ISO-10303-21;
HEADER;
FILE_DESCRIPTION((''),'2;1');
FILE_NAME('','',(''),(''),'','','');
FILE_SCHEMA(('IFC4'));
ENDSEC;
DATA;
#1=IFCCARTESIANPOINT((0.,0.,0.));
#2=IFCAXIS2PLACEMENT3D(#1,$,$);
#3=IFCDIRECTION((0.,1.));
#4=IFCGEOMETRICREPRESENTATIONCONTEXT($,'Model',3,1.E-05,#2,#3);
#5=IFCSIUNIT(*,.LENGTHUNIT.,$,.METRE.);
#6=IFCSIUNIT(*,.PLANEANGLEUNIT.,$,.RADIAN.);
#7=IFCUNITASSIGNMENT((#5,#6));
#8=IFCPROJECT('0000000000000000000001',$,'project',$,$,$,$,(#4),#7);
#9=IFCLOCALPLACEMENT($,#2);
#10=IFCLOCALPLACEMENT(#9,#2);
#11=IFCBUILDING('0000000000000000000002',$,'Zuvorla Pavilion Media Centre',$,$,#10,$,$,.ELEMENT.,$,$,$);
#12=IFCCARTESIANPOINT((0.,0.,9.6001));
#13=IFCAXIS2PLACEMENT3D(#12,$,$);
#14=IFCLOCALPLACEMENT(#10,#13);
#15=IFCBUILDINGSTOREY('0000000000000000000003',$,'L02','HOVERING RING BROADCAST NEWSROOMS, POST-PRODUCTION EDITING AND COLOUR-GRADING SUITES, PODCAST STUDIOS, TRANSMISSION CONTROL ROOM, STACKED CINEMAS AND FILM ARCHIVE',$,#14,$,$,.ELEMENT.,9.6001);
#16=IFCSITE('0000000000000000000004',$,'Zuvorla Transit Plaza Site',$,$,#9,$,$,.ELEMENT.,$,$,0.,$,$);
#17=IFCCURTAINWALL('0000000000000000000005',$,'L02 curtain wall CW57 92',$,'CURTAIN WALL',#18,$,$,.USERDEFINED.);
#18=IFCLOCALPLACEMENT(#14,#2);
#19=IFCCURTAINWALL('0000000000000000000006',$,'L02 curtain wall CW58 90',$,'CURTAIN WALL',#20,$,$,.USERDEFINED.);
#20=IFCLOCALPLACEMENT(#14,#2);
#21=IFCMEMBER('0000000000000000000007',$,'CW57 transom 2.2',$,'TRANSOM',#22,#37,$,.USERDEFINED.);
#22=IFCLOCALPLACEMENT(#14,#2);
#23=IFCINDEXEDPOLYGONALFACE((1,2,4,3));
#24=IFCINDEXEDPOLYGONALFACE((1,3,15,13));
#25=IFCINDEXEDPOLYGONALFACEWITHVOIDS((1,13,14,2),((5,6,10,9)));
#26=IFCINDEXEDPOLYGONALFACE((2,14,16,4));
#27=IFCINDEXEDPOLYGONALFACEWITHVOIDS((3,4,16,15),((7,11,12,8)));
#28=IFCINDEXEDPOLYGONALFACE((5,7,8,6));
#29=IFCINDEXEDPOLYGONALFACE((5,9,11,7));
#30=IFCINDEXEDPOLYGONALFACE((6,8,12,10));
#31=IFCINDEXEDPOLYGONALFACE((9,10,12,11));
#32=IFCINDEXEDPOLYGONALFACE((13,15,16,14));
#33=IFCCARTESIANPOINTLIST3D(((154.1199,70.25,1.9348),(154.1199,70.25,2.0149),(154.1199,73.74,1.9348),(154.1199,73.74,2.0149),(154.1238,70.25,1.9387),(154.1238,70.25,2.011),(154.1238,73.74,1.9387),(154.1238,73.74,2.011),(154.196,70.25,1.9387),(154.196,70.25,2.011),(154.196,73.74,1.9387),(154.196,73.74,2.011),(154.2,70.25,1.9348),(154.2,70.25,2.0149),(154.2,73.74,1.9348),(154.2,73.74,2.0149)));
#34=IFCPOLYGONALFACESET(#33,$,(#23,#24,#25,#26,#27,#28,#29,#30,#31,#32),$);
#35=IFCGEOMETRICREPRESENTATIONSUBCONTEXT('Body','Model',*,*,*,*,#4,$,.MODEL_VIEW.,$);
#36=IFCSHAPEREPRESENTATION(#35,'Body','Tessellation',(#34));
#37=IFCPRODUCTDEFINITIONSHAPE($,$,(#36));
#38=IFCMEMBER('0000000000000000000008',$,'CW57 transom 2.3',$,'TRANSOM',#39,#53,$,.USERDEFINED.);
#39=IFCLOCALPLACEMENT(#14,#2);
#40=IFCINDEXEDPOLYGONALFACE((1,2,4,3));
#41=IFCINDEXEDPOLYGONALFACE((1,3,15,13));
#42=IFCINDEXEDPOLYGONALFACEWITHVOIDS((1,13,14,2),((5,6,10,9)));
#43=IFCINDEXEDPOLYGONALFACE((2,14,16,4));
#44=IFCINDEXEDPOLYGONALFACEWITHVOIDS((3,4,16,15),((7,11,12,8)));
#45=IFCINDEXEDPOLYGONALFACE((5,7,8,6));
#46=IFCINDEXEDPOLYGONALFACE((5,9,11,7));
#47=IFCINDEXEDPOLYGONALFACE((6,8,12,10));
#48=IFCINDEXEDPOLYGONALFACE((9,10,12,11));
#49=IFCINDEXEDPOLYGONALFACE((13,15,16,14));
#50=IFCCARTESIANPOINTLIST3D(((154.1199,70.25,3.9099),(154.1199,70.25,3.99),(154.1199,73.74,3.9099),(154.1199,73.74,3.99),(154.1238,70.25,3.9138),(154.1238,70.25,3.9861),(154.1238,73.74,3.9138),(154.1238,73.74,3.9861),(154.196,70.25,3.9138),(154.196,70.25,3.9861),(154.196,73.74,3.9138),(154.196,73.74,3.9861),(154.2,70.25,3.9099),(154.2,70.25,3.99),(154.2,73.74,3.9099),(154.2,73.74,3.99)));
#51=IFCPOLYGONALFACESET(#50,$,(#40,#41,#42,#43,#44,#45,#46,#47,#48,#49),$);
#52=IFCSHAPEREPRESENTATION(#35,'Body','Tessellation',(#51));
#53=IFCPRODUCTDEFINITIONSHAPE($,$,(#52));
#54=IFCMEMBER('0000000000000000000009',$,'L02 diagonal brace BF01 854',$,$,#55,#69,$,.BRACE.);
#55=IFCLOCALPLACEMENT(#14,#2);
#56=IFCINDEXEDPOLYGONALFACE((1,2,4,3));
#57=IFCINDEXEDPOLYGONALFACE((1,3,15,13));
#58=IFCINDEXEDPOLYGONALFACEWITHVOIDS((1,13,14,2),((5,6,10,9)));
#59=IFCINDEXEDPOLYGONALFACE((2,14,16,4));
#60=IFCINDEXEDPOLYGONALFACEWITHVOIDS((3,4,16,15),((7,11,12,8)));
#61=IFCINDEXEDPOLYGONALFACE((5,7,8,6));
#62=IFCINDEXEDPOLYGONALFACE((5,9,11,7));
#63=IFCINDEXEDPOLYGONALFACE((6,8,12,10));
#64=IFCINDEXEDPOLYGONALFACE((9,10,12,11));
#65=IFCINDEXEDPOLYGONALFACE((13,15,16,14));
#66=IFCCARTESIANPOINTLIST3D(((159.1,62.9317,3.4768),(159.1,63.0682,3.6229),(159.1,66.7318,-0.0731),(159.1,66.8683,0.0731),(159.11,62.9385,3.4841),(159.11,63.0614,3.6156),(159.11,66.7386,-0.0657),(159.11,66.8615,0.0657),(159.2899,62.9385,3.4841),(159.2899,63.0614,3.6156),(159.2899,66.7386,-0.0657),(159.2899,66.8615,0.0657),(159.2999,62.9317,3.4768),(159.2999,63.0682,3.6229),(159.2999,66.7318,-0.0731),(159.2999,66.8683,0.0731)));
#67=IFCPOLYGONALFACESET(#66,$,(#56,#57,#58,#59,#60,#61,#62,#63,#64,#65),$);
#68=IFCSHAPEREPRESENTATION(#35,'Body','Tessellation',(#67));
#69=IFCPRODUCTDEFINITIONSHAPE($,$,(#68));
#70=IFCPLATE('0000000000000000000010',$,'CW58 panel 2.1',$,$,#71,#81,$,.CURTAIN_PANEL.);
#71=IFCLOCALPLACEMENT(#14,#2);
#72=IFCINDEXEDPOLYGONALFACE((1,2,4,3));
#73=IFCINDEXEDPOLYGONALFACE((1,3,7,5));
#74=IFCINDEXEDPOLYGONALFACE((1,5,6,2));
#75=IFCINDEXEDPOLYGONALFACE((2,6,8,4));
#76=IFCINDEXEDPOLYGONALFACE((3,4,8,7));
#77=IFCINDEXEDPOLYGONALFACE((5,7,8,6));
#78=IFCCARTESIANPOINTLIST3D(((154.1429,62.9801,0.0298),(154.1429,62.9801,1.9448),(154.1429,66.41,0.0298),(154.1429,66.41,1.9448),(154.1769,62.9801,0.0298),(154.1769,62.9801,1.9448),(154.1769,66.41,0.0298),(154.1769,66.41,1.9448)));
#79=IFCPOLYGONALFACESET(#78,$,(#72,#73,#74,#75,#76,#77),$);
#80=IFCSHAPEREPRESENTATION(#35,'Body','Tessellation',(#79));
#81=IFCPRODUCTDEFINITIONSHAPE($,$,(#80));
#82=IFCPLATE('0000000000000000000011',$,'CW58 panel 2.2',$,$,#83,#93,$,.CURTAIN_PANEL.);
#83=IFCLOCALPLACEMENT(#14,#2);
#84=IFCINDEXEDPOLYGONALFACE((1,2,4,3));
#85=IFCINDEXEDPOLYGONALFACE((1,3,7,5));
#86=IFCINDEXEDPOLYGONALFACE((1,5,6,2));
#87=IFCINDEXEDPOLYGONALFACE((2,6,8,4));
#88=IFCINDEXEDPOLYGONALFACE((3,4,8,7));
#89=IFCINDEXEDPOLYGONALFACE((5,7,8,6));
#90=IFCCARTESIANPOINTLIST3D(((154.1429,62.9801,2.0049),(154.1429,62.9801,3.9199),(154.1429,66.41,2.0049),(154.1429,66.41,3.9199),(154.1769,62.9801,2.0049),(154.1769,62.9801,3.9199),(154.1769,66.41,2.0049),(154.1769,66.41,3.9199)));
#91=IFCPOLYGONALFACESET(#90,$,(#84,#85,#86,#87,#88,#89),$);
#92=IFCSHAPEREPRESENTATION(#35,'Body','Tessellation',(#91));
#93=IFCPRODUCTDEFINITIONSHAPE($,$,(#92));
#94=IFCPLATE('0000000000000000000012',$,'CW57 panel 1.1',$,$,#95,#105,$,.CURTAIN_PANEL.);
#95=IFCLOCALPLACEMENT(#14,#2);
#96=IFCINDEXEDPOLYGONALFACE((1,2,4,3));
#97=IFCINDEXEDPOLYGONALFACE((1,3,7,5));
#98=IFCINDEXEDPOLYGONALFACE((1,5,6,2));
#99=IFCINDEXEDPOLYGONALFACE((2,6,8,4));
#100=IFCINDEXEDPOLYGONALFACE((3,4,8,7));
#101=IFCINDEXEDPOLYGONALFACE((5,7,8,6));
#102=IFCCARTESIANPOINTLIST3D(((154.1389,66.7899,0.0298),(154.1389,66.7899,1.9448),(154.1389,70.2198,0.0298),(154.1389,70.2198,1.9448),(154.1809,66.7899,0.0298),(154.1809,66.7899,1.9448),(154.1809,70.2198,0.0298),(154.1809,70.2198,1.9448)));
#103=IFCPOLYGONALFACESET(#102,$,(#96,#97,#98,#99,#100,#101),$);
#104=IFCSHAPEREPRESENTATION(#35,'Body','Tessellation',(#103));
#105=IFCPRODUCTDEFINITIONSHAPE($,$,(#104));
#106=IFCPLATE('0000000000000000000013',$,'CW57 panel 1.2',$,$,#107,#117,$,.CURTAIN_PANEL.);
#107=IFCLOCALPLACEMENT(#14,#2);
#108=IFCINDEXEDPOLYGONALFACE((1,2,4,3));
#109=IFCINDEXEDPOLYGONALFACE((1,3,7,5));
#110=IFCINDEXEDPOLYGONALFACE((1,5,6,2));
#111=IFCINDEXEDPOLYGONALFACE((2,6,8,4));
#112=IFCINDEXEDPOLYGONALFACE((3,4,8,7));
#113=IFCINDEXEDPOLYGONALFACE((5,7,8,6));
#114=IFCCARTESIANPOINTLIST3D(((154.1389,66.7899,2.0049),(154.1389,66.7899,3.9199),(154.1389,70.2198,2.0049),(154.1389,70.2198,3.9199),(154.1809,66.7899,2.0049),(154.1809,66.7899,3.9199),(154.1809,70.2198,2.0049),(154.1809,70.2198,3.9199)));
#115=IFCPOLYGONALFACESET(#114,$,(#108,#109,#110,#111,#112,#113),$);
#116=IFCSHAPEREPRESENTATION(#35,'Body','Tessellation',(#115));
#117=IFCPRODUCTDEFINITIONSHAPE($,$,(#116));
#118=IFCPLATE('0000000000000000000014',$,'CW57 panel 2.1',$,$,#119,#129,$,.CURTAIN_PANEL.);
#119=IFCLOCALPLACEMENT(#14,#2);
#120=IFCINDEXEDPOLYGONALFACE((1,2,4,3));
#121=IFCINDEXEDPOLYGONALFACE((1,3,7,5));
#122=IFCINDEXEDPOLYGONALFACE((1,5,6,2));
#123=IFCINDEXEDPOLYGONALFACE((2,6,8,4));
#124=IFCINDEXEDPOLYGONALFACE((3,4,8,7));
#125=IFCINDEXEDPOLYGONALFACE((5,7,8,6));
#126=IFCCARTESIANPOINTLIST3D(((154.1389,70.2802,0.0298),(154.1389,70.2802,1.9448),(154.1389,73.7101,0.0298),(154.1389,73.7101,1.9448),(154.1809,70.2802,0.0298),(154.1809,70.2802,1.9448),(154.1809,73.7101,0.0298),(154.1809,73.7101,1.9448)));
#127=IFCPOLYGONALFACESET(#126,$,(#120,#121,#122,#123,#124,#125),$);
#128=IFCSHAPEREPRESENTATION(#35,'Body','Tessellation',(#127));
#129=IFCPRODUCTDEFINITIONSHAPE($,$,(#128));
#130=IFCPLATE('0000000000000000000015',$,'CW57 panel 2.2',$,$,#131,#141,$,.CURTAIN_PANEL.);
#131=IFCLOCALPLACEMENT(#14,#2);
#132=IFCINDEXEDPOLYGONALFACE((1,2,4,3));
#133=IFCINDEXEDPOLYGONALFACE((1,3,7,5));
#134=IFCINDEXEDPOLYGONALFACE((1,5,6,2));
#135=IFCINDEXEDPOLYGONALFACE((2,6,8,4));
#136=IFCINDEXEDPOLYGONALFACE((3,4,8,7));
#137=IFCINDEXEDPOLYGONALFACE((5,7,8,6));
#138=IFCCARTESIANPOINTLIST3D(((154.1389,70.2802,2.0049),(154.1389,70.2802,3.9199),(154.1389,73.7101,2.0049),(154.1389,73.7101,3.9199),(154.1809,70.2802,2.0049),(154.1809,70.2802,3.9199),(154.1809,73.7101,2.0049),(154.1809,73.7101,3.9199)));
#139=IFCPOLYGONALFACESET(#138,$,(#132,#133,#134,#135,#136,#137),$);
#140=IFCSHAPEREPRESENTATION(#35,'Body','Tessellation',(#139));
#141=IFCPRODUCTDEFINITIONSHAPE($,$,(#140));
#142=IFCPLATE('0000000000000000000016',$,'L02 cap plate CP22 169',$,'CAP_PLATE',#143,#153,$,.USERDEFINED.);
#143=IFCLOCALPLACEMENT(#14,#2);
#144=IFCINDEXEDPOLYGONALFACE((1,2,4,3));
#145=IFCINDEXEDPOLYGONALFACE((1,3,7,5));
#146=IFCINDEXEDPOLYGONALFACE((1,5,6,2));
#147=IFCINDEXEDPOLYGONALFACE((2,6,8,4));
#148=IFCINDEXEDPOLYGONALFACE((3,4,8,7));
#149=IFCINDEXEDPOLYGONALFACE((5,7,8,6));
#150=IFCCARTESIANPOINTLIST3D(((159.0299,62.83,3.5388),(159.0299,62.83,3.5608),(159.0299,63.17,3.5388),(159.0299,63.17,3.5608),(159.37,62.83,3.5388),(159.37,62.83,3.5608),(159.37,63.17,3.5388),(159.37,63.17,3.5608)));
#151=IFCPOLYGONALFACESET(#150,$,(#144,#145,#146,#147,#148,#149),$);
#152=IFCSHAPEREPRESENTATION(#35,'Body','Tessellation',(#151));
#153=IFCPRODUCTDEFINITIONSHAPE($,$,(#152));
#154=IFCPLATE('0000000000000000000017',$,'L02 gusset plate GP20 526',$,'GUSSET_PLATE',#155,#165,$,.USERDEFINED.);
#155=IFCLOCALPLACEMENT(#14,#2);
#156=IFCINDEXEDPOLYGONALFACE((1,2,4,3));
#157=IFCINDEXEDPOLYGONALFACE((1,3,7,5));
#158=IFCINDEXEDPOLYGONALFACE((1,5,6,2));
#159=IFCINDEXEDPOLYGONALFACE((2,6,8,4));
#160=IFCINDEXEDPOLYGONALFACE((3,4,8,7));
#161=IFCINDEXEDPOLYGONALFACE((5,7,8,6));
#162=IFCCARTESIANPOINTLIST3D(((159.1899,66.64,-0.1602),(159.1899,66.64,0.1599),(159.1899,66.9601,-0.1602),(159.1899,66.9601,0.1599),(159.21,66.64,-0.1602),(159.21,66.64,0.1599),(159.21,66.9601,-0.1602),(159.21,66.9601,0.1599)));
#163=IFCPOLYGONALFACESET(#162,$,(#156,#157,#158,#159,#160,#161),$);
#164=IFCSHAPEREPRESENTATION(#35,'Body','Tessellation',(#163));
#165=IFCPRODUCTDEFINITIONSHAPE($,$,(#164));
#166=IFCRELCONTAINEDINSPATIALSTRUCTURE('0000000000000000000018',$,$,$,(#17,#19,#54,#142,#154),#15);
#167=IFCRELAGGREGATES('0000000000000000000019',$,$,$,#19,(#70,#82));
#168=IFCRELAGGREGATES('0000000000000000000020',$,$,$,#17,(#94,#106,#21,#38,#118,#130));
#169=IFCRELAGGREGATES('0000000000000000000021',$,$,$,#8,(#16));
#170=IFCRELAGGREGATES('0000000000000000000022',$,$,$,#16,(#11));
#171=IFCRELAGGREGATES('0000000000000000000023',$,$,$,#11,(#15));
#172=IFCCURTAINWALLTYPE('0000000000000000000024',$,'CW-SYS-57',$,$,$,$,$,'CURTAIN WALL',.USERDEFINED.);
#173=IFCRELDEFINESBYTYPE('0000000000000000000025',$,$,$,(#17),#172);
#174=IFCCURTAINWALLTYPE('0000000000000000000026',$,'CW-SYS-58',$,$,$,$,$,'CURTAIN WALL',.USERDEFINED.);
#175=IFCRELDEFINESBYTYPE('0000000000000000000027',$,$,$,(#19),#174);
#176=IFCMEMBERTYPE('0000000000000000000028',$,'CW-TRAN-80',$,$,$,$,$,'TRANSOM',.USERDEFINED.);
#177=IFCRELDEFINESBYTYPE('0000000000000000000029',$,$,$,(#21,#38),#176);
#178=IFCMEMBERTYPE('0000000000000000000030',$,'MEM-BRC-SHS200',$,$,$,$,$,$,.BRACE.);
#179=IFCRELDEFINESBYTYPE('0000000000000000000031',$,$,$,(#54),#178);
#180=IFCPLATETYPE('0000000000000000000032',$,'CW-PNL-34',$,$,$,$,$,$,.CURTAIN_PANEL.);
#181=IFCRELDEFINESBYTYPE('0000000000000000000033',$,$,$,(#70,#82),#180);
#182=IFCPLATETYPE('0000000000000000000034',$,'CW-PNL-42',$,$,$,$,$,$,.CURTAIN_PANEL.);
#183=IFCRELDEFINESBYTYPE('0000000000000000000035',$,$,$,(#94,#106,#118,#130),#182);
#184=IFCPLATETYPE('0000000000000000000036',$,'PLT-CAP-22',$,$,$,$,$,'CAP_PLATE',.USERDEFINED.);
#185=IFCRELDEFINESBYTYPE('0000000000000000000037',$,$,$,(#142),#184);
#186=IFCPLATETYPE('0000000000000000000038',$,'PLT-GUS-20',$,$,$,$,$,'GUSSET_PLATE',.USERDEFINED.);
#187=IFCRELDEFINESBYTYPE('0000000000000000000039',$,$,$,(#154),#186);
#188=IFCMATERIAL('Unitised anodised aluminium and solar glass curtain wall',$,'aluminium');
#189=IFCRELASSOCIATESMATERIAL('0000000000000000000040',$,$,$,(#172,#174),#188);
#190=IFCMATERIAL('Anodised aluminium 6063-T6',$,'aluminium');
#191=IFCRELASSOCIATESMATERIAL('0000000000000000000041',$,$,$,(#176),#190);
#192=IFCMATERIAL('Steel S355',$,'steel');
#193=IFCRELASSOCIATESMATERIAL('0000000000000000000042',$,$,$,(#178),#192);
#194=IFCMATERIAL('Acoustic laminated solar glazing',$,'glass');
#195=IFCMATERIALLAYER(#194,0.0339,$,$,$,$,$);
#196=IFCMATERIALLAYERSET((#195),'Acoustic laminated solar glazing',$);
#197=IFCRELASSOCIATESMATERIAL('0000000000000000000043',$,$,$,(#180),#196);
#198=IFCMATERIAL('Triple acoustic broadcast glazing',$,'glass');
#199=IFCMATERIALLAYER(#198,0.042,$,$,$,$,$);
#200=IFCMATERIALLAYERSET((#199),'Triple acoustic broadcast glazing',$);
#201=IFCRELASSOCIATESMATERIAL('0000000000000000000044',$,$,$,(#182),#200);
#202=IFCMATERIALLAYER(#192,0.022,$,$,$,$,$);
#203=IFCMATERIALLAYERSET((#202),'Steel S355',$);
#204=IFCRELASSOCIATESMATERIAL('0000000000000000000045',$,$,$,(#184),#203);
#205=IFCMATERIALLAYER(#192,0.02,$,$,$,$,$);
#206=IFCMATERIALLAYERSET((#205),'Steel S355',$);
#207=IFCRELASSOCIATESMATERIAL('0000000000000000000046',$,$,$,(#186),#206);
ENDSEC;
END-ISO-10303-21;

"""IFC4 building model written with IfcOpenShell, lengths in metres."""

from ifc_helpers import new_model, si_unit, direction, frame, origin, origin_2d, place, context, subcontext, project, spatial, rectangle, hollow_rectangle, extrude, material, layer, layer_set, material_profile, profile_set, type_object, element, aggregate, save


model = new_model("IFC4")

# Units and contexts
model_context = context("Model", 3, precision=1e-05, world=origin(), true_north=direction((0.0, 1.0)))
body_context = subcontext(model_context, "Body", "Model", "MODEL_VIEW")
ifc_project = project(units=[si_unit("LENGTHUNIT", "METRE"), si_unit("PLANEANGLEUNIT", "RADIAN")], contexts=[model_context])

# Site, building, storey
site_placement = place(None, origin())
site = spatial("IfcSite", under=ifc_project, at=site_placement, Name="Zuvorla Transit Plaza Site", CompositionType="ELEMENT", RefElevation=0.0)
building_placement = place(site_placement, origin())
building = spatial("IfcBuilding", under=site, at=building_placement, Name="Zuvorla Pavilion Media Centre", CompositionType="ELEMENT")
storey_placement = place(building_placement, frame((0.0, 0.0, 9.6001)))
storey = spatial("IfcBuildingStorey", under=building, at=storey_placement, Name="L02", Description="HOVERING RING BROADCAST NEWSROOMS, POST-PRODUCTION EDITING AND COLOUR-GRADING SUITES, PODCAST STUDIOS, TRANSMISSION CONTROL ROOM, STACKED CINEMAS AND FILM ARCHIVE", CompositionType="ELEMENT", Elevation=9.6001)

# Shared definitions
ifc_material_1 = material(Name="Steel S355", Category="steel")

# Curtain wall
ifc_material_2 = material(Name="Unitised anodised aluminium and solar glass curtain wall", Category="aluminium")
curtain_wall_type_1 = type_object("IfcCurtainWallType", Name="CW-SYS-57", ElementType="CURTAIN WALL", PredefinedType="USERDEFINED", material=ifc_material_2)
curtain_wall_1_placement = place(storey_placement, origin())
curtain_wall_1 = element("IfcCurtainWall", 1, at=curtain_wall_1_placement, inside=storey, type_object=curtain_wall_type_1, Name="L02 curtain wall CW57 92", ObjectType="CURTAIN WALL", PredefinedType="USERDEFINED")
ifc_material_3 = material(Name="Anodised aluminium 6063-T6", Category="aluminium")

# Curtain wall
curtain_wall_type_2 = type_object("IfcCurtainWallType", Name="CW-SYS-58", ElementType="CURTAIN WALL", PredefinedType="USERDEFINED", material=ifc_material_2)
curtain_wall_2_placement = place(storey_placement, origin())
curtain_wall_2 = element("IfcCurtainWall", 2, at=curtain_wall_2_placement, inside=storey, type_object=curtain_wall_type_2, Name="L02 curtain wall CW58 90", ObjectType="CURTAIN WALL", PredefinedType="USERDEFINED")

# Members
ifc_material_profile_1 = material_profile(ifc_material_3, hollow_rectangle(XDim=0.0801, YDim=0.0801, WallThickness=0.0039, at=origin_2d()), Name="ALU TRAN 80x80")
ifc_profile_set_1 = profile_set([ifc_material_profile_1], Name="Anodised aluminium 6063-T6")
member_type_1 = type_object("IfcMemberType", Name="CW-TRAN-80", ElementType="TRANSOM", PredefinedType="USERDEFINED", material=ifc_profile_set_1)
member_1_placement = place(storey_placement, frame((154.1599, 70.25, 1.9749), z_axis=(0.0, 1.0, 0.0), x_axis=(-1.0, 0.0, 0.0)))
member_1 = element("IfcMember", 3, at=member_1_placement, type_object=member_type_1, Name="CW57 transom 2.2", ObjectType="TRANSOM", PredefinedType="USERDEFINED", context=body_context, shape_type="SweptSolid", body=[
    extrude(hollow_rectangle(XDim=0.0801, YDim=0.0801, WallThickness=0.0039, at=origin_2d()), origin(), (0.0, 0.0, 1.0), 3.49),
])
member_2_placement = place(storey_placement, frame((154.1599, 70.25, 3.95), z_axis=(0.0, 1.0, 0.0), x_axis=(-1.0, 0.0, 0.0)))
member_2 = element("IfcMember", 4, at=member_2_placement, type_object=member_type_1, Name="CW57 transom 2.3", ObjectType="TRANSOM", PredefinedType="USERDEFINED", context=body_context, shape_type="SweptSolid", body=[
    extrude(hollow_rectangle(XDim=0.0801, YDim=0.0801, WallThickness=0.0039, at=origin_2d()), origin(), (0.0, 0.0, 1.0), 3.49),
])
ifc_material_profile_2 = material_profile(ifc_material_1, hollow_rectangle(XDim=0.2, YDim=0.2, WallThickness=0.01, at=origin_2d()), Name="SHS 200x200x10")
ifc_profile_set_2 = profile_set([ifc_material_profile_2], Name="Steel S355")
member_type_2 = type_object("IfcMemberType", Name="MEM-BRC-SHS200", PredefinedType="BRACE", material=ifc_profile_set_2)
member_3_placement = place(storey_placement, frame((159.2, 66.8, 0.0), z_axis=(0.0, -0.730759, 0.682636), x_axis=(1.0, 0.0, 0.0)))
element("IfcMember", 5, at=member_3_placement, inside=storey, type_object=member_type_2, Name="L02 diagonal brace BF01 854", PredefinedType="BRACE", context=body_context, shape_type="SweptSolid", body=[
    extrude(hollow_rectangle(XDim=0.2, YDim=0.2, WallThickness=0.01, at=origin_2d()), origin(), (0.0, 0.0, 1.0), 5.2002),
])

# Plates
ifc_material_4 = material(Name="Acoustic laminated solar glazing", Category="glass")
ifc_layer_1 = layer(ifc_material_4, 0.0339)
ifc_layer_set_1 = layer_set([ifc_layer_1], Name="Acoustic laminated solar glazing")
plate_type_1 = type_object("IfcPlateType", Name="CW-PNL-34", PredefinedType="CURTAIN_PANEL", material=ifc_layer_set_1)
plate_1_placement = place(storey_placement, frame((154.1599, 64.6951, 0.0298), z_axis=(0.0, 0.0, 1.0), x_axis=(0.0, 1.0, 0.0)))
plate_1 = element("IfcPlate", 6, at=plate_1_placement, type_object=plate_type_1, Name="CW58 panel 2.1", PredefinedType="CURTAIN_PANEL", context=body_context, shape_type="SweptSolid", body=[
    extrude(rectangle(XDim=3.4299, YDim=0.0339, at=origin_2d()), origin(), (0.0, 0.0, 1.0), 1.915),
])
plate_2_placement = place(storey_placement, frame((154.1599, 64.6951, 2.0049), z_axis=(0.0, 0.0, 1.0), x_axis=(0.0, 1.0, 0.0)))
plate_2 = element("IfcPlate", 7, at=plate_2_placement, type_object=plate_type_1, Name="CW58 panel 2.2", PredefinedType="CURTAIN_PANEL", context=body_context, shape_type="SweptSolid", body=[
    extrude(rectangle(XDim=3.4299, YDim=0.0339, at=origin_2d()), origin(), (0.0, 0.0, 1.0), 1.915),
])
aggregate(curtain_wall_2, [plate_1, plate_2])
ifc_material_5 = material(Name="Triple acoustic broadcast glazing", Category="glass")
ifc_layer_2 = layer(ifc_material_5, 0.042)
ifc_layer_set_2 = layer_set([ifc_layer_2], Name="Triple acoustic broadcast glazing")
plate_type_2 = type_object("IfcPlateType", Name="CW-PNL-42", PredefinedType="CURTAIN_PANEL", material=ifc_layer_set_2)
plate_3_placement = place(storey_placement, frame((154.1599, 68.5049, 0.0298), z_axis=(0.0, 0.0, 1.0), x_axis=(0.0, 1.0, 0.0)))
plate_3 = element("IfcPlate", 8, at=plate_3_placement, type_object=plate_type_2, Name="CW57 panel 1.1", PredefinedType="CURTAIN_PANEL", context=body_context, shape_type="SweptSolid", body=[
    extrude(rectangle(XDim=3.4299, YDim=0.042, at=origin_2d()), origin(), (0.0, 0.0, 1.0), 1.915),
])
plate_4_placement = place(storey_placement, frame((154.1599, 68.5049, 2.0049), z_axis=(0.0, 0.0, 1.0), x_axis=(0.0, 1.0, 0.0)))
plate_4 = element("IfcPlate", 9, at=plate_4_placement, type_object=plate_type_2, Name="CW57 panel 1.2", PredefinedType="CURTAIN_PANEL", context=body_context, shape_type="SweptSolid", body=[
    extrude(rectangle(XDim=3.4299, YDim=0.042, at=origin_2d()), origin(), (0.0, 0.0, 1.0), 1.915),
])
plate_5_placement = place(storey_placement, frame((154.1599, 71.9951, 0.0298), z_axis=(0.0, 0.0, 1.0), x_axis=(0.0, 1.0, 0.0)))
plate_5 = element("IfcPlate", 10, at=plate_5_placement, type_object=plate_type_2, Name="CW57 panel 2.1", PredefinedType="CURTAIN_PANEL", context=body_context, shape_type="SweptSolid", body=[
    extrude(rectangle(XDim=3.4299, YDim=0.042, at=origin_2d()), origin(), (0.0, 0.0, 1.0), 1.915),
])
plate_6_placement = place(storey_placement, frame((154.1599, 71.9951, 2.0049), z_axis=(0.0, 0.0, 1.0), x_axis=(0.0, 1.0, 0.0)))
plate_6 = element("IfcPlate", 11, at=plate_6_placement, type_object=plate_type_2, Name="CW57 panel 2.2", PredefinedType="CURTAIN_PANEL", context=body_context, shape_type="SweptSolid", body=[
    extrude(rectangle(XDim=3.4299, YDim=0.042, at=origin_2d()), origin(), (0.0, 0.0, 1.0), 1.915),
])
aggregate(curtain_wall_1, [plate_3, plate_4, member_1, member_2, plate_5, plate_6])

# Plates
ifc_layer_3 = layer(ifc_material_1, 0.022)
ifc_layer_set_3 = layer_set([ifc_layer_3], Name="Steel S355")
plate_type_3 = type_object("IfcPlateType", Name="PLT-CAP-22", ElementType="CAP_PLATE", PredefinedType="USERDEFINED", material=ifc_layer_set_3)
plate_7_placement = place(storey_placement, frame((159.2, 63.0, 3.5388), z_axis=(0.0, 0.0, 1.0), x_axis=(1.0, 0.0, 0.0)))
element("IfcPlate", 12, at=plate_7_placement, inside=storey, type_object=plate_type_3, Name="L02 cap plate CP22 169", ObjectType="CAP_PLATE", PredefinedType="USERDEFINED", context=body_context, shape_type="SweptSolid", body=[
    extrude(rectangle(XDim=0.3401, YDim=0.3401, at=origin_2d()), origin(), (0.0, 0.0, 1.0), 0.022),
])
ifc_layer_4 = layer(ifc_material_1, 0.02)
ifc_layer_set_4 = layer_set([ifc_layer_4], Name="Steel S355")
plate_type_4 = type_object("IfcPlateType", Name="PLT-GUS-20", ElementType="GUSSET_PLATE", PredefinedType="USERDEFINED", material=ifc_layer_set_4)
plate_8_placement = place(storey_placement, frame((159.2, 66.8, -0.1602), z_axis=(0.0, 0.0, 1.0), x_axis=(1.0, 0.0, 0.0)))
element("IfcPlate", 13, at=plate_8_placement, inside=storey, type_object=plate_type_4, Name="L02 gusset plate GP20 526", ObjectType="GUSSET_PLATE", PredefinedType="USERDEFINED", context=body_context, shape_type="SweptSolid", body=[
    extrude(rectangle(XDim=0.02, YDim=0.3201, at=origin_2d()), origin(), (0.0, 0.0, 1.0), 0.3201),
])

save(model, "model.ifc")
